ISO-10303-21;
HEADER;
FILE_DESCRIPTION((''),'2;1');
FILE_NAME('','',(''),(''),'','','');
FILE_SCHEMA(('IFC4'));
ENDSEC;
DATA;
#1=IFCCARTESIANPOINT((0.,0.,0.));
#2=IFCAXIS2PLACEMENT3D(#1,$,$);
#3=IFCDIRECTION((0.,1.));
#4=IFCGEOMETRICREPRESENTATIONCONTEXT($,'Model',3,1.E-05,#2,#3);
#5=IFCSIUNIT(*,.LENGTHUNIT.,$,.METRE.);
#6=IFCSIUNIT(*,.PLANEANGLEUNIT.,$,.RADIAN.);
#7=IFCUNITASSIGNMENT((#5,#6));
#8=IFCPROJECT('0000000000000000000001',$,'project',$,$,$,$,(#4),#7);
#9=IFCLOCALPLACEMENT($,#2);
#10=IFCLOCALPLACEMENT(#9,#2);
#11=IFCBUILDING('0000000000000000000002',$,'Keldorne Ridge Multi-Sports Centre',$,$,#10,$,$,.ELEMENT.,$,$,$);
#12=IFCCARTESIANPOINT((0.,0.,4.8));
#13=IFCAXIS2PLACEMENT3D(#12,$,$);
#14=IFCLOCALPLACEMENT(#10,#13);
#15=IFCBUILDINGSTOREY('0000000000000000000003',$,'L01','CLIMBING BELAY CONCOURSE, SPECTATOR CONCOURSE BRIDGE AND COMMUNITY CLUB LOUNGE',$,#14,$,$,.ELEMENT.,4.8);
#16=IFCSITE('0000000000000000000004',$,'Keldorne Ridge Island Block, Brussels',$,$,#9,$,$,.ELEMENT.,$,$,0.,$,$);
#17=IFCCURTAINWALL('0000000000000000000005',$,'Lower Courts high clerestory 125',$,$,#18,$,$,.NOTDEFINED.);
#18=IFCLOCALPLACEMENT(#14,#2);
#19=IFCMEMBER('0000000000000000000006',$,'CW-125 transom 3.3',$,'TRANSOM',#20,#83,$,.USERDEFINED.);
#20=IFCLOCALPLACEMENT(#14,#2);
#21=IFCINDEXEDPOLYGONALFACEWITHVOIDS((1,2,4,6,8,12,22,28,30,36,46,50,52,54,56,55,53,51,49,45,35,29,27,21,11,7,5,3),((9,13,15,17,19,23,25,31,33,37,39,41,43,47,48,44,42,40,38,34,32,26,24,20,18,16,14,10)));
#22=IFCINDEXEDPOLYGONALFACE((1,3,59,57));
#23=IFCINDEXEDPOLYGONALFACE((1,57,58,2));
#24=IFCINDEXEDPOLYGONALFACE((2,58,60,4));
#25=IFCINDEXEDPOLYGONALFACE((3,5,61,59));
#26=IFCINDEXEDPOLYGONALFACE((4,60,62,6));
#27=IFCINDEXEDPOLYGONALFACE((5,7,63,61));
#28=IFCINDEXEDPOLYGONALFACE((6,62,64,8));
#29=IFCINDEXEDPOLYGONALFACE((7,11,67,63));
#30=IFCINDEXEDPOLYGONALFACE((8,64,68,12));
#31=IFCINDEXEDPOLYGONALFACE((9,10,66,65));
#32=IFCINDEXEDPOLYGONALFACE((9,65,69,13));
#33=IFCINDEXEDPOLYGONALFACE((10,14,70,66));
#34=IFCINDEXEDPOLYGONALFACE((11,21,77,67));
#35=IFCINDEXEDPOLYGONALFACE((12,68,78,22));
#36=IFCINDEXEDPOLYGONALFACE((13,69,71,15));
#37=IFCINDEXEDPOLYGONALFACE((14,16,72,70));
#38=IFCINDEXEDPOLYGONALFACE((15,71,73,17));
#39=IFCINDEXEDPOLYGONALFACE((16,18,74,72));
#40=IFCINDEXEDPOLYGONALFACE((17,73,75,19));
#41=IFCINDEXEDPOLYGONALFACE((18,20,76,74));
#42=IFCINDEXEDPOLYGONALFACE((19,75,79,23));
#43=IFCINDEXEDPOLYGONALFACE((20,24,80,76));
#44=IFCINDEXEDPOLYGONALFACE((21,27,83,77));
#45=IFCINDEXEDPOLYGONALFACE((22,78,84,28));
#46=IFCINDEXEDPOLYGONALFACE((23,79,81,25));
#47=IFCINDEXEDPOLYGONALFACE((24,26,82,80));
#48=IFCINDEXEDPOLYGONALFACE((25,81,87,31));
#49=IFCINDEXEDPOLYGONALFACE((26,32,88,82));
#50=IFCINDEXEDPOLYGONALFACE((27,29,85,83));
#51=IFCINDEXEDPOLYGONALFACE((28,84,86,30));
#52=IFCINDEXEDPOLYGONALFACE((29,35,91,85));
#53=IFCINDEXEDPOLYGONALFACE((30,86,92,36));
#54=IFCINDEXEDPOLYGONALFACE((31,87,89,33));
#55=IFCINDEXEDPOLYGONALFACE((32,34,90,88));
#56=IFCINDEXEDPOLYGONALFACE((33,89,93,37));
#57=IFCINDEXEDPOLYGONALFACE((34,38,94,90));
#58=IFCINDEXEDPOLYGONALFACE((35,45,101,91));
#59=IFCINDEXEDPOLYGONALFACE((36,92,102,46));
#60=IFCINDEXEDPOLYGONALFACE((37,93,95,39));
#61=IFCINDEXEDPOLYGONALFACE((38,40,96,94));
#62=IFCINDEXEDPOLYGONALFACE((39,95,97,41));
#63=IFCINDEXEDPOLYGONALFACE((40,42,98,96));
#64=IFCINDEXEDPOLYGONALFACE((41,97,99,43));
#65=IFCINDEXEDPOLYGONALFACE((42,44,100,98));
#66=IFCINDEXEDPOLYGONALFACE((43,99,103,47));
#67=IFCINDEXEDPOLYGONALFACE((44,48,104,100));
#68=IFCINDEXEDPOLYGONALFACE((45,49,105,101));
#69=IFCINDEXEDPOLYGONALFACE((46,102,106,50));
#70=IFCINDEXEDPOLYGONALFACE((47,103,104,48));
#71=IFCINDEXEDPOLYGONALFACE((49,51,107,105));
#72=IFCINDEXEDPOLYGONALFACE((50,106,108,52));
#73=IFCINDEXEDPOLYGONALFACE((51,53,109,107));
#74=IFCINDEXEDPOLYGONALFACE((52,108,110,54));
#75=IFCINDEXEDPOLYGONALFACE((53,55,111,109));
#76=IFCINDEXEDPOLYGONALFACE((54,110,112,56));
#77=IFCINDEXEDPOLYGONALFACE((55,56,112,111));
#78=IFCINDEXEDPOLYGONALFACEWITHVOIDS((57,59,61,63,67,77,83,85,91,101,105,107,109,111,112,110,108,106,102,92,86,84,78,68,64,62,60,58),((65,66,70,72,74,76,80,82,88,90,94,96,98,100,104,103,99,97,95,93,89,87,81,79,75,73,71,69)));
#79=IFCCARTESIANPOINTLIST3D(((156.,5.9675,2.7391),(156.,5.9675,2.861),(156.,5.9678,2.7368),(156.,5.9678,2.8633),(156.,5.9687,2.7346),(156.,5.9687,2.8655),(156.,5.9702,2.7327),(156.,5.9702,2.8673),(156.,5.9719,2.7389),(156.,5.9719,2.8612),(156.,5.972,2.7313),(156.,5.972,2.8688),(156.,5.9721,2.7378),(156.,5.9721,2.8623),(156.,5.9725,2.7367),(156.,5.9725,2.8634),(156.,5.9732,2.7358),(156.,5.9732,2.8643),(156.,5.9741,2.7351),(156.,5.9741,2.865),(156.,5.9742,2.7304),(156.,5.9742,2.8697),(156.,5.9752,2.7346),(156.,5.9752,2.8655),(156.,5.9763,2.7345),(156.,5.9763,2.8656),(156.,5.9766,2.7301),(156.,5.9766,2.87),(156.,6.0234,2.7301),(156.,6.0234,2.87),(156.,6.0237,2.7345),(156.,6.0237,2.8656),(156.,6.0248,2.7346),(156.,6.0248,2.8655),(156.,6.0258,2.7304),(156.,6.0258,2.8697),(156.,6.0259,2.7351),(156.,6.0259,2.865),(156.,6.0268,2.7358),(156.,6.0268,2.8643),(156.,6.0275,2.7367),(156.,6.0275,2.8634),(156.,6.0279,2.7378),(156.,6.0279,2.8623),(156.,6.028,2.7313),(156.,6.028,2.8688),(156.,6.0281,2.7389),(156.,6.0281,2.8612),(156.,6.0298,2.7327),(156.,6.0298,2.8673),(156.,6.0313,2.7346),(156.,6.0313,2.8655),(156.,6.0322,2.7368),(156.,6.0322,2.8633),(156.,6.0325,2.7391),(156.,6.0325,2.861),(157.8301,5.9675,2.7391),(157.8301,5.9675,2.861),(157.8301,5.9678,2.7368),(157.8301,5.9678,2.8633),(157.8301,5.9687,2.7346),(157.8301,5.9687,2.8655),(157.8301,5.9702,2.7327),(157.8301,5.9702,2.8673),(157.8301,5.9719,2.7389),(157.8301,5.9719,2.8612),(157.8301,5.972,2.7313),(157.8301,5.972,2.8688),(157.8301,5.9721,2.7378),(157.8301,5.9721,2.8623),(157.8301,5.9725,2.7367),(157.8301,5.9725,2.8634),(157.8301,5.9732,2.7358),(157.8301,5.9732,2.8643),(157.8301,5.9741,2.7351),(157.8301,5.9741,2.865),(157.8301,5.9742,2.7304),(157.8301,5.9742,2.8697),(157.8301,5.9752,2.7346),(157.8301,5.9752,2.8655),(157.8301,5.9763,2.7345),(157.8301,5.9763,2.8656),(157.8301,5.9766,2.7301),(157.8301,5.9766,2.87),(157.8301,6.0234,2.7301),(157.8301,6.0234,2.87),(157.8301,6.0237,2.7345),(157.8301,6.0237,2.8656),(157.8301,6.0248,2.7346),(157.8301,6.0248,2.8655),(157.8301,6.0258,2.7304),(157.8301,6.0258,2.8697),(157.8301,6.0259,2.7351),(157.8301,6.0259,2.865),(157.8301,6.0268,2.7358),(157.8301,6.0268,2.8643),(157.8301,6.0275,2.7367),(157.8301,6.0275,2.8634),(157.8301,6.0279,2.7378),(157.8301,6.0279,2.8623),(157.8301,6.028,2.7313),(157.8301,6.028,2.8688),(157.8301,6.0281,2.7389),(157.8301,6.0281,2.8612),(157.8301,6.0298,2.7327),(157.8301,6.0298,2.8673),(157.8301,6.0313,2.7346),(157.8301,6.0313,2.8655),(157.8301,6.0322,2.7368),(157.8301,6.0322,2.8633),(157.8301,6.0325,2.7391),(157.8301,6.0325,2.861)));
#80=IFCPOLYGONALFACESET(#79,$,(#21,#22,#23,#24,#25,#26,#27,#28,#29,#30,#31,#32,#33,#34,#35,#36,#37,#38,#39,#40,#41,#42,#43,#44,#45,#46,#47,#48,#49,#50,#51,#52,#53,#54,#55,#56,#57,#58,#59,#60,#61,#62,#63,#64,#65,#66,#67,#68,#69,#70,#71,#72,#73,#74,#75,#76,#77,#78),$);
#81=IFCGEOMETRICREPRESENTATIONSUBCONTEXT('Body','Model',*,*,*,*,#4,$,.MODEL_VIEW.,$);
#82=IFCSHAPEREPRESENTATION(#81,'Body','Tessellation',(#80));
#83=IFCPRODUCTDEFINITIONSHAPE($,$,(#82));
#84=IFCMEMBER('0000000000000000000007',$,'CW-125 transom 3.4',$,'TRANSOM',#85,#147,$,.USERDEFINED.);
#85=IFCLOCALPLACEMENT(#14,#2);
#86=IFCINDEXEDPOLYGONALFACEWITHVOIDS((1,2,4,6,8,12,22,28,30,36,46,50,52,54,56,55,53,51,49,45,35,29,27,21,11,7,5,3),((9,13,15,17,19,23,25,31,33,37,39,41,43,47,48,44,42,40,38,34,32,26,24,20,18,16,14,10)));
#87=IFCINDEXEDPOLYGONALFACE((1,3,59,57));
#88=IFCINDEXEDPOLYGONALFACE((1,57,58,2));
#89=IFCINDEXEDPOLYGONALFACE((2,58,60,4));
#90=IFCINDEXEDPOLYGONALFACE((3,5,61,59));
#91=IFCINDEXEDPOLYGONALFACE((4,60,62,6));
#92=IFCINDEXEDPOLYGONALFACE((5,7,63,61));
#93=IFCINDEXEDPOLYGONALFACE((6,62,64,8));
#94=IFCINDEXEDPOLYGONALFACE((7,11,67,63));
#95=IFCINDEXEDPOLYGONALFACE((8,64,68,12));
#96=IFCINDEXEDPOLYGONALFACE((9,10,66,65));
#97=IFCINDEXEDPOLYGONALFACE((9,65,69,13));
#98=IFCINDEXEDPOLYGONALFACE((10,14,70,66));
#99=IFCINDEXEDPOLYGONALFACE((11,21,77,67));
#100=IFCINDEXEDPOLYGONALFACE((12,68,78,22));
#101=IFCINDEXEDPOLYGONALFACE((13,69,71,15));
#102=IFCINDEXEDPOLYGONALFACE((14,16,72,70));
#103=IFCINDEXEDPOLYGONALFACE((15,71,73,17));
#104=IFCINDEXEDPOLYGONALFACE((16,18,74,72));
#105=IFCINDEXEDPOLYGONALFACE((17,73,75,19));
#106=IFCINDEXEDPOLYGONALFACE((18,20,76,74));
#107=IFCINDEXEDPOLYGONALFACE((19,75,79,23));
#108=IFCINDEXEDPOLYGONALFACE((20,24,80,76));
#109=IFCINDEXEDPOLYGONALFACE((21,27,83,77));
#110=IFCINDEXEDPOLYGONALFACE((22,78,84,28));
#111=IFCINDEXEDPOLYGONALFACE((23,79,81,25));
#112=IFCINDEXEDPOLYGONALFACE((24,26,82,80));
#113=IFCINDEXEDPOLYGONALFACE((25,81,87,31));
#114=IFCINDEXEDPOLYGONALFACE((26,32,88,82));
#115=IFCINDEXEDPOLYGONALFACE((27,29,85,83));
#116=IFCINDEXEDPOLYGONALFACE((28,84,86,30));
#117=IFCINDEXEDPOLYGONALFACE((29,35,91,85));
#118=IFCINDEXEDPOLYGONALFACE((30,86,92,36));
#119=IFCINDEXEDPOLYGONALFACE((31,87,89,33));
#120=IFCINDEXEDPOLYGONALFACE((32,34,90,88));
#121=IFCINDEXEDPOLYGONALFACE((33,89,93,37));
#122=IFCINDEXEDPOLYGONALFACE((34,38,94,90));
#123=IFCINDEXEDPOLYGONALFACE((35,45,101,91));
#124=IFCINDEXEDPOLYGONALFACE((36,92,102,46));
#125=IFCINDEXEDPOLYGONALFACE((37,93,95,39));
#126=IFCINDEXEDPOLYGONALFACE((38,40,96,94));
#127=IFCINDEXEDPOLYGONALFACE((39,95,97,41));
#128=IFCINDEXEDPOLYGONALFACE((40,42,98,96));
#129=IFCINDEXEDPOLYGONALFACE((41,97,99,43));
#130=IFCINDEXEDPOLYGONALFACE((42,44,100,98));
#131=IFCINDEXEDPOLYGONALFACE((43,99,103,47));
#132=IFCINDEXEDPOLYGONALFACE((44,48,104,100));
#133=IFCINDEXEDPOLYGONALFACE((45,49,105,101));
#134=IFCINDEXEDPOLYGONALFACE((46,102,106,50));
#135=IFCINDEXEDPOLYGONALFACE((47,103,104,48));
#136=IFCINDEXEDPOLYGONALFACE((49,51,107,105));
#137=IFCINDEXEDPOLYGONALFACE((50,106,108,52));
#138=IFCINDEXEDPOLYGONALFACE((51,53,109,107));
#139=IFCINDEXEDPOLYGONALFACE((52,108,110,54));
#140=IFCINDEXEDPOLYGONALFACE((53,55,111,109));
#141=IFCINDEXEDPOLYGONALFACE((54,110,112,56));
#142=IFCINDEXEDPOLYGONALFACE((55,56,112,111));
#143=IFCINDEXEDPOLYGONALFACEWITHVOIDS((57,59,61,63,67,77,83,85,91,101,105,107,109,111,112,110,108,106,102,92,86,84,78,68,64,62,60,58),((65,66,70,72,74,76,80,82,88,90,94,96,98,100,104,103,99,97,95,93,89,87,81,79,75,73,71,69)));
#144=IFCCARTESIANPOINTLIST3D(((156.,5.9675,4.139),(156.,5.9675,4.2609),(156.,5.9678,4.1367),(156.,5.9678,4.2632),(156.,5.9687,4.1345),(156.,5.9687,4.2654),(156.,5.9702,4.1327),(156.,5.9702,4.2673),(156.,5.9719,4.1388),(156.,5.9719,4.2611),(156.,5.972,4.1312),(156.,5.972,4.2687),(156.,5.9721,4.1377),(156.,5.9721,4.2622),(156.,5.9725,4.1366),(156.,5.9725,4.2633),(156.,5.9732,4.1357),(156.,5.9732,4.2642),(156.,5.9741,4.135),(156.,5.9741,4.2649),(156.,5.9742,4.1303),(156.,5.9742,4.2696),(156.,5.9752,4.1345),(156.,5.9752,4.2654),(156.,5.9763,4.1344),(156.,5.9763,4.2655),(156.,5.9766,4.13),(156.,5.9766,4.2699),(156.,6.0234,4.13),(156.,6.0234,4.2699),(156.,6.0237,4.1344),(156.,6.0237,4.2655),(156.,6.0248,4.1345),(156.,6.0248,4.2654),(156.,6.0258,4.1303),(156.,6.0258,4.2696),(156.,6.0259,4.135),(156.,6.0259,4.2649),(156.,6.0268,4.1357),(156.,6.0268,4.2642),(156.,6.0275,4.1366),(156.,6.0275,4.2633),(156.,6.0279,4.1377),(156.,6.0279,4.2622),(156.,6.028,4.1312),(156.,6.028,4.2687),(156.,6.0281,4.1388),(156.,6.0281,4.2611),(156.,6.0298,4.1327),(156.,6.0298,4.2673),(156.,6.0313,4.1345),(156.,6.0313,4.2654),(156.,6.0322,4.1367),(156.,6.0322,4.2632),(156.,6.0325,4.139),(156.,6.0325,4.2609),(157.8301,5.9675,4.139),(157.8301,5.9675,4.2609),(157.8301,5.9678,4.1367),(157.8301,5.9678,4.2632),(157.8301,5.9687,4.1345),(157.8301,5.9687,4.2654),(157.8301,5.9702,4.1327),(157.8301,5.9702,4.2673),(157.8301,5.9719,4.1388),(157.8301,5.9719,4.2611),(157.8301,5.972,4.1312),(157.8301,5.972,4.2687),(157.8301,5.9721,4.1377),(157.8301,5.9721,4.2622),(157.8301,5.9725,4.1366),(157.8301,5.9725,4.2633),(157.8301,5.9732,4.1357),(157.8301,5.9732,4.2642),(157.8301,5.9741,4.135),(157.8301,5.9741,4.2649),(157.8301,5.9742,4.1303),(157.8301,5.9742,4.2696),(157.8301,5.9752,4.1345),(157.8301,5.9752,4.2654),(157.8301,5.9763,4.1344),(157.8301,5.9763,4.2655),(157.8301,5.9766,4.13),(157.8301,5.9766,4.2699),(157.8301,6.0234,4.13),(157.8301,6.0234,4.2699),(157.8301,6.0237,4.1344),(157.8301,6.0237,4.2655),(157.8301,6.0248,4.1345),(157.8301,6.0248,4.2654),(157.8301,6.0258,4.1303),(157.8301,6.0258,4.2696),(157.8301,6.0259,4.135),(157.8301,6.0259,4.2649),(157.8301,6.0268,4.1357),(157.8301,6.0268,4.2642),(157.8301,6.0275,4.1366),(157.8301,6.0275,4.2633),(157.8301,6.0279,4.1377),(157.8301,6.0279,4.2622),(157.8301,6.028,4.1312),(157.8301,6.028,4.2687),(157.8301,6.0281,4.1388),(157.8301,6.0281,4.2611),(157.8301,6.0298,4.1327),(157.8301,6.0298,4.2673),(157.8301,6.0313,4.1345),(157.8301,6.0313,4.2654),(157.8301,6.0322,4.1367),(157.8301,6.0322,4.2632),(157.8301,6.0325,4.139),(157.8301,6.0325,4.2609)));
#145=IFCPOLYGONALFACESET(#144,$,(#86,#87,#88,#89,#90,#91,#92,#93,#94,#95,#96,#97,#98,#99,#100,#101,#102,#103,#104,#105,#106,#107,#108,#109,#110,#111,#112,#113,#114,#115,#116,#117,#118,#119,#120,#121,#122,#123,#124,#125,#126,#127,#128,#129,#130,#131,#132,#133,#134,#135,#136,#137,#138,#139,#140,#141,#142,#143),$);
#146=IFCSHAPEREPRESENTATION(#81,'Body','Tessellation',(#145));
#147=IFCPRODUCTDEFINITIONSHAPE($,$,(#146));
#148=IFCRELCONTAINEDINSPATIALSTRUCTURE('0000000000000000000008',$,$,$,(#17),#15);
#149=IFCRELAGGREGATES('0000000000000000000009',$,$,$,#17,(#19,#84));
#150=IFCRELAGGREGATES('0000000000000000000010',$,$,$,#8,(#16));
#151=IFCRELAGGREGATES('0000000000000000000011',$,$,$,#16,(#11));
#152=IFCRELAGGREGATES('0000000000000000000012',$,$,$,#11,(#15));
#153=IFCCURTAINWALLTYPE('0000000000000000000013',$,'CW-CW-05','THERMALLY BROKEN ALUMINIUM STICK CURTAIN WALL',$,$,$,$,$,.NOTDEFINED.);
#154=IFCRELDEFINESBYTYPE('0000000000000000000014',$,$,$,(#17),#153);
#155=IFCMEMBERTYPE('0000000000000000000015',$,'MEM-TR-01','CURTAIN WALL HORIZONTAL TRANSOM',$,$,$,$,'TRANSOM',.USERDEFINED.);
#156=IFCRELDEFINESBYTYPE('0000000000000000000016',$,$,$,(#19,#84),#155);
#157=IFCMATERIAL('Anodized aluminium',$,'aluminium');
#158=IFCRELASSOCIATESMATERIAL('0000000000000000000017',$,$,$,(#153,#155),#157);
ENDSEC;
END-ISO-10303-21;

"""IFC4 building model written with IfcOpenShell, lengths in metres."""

from ifc_helpers import new_model, si_unit, direction, frame, origin, origin_2d, place, context, subcontext, project, spatial, hollow_rectangle, extrude, material, material_profile, profile_set, type_object, element, aggregate, save


model = new_model("IFC4")

# Units and contexts
model_context = context("Model", 3, precision=1e-05, world=origin(), true_north=direction((0.0, 1.0)))
body_context = subcontext(model_context, "Body", "Model", "MODEL_VIEW")
ifc_project = project(units=[si_unit("LENGTHUNIT", "METRE"), si_unit("PLANEANGLEUNIT", "RADIAN")], contexts=[model_context])

# Site, building, storey
site_placement = place(None, origin())
site = spatial("IfcSite", under=ifc_project, at=site_placement, Name="Keldorne Ridge Island Block, Brussels", CompositionType="ELEMENT", RefElevation=0.0)
building_placement = place(site_placement, origin())
building = spatial("IfcBuilding", under=site, at=building_placement, Name="Keldorne Ridge Multi-Sports Centre", CompositionType="ELEMENT")
storey_placement = place(building_placement, frame((0.0, 0.0, 4.8)))
storey = spatial("IfcBuildingStorey", under=building, at=storey_placement, Name="L01", Description="CLIMBING BELAY CONCOURSE, SPECTATOR CONCOURSE BRIDGE AND COMMUNITY CLUB LOUNGE", CompositionType="ELEMENT", Elevation=4.8)

# Curtain wall, members
ifc_material_1 = material(Name="Anodized aluminium", Category="aluminium")
curtain_wall_type = type_object("IfcCurtainWallType", Name="CW-CW-05", Description="THERMALLY BROKEN ALUMINIUM STICK CURTAIN WALL", PredefinedType="NOTDEFINED", material=ifc_material_1)
curtain_wall_placement = place(storey_placement, origin())
curtain_wall = element("IfcCurtainWall", 1, at=curtain_wall_placement, inside=storey, type_object=curtain_wall_type, Name="Lower Courts high clerestory 125", PredefinedType="NOTDEFINED")
ifc_material_profile_1 = material_profile(ifc_material_1, hollow_rectangle(XDim=0.0649, YDim=0.1399, WallThickness=0.0044, InnerFilletRadius=0.0044, OuterFilletRadius=0.009, at=origin_2d()), Name="ALU TRANSOM 140x65x4.5")
ifc_profile_set_1 = profile_set([ifc_material_profile_1], Name="Anodized aluminium")
member_type_1 = type_object("IfcMemberType", Name="MEM-TR-01", Description="CURTAIN WALL HORIZONTAL TRANSOM", ElementType="TRANSOM", PredefinedType="USERDEFINED", material=ifc_profile_set_1)
member_1_placement = place(storey_placement, frame((156.0, 6.0, 2.8), z_axis=(1.0, 0.0, 0.0), x_axis=(0.0, 1.0, 0.0)))
member_1 = element("IfcMember", 2, at=member_1_placement, type_object=member_type_1, Name="CW-125 transom 3.3", ObjectType="TRANSOM", PredefinedType="USERDEFINED", context=body_context, shape_type="SweptSolid", body=[
    extrude(hollow_rectangle(XDim=0.0649, YDim=0.1399, WallThickness=0.0044, InnerFilletRadius=0.0044, OuterFilletRadius=0.009, at=origin_2d()), origin(), (0.0, 0.0, 1.0), 1.8301),
])
member_2_placement = place(storey_placement, frame((156.0, 6.0, 4.2), z_axis=(1.0, 0.0, 0.0), x_axis=(0.0, 1.0, 0.0)))
member_2 = element("IfcMember", 3, at=member_2_placement, type_object=member_type_1, Name="CW-125 transom 3.4", ObjectType="TRANSOM", PredefinedType="USERDEFINED", context=body_context, shape_type="SweptSolid", body=[
    extrude(hollow_rectangle(XDim=0.0649, YDim=0.1399, WallThickness=0.0044, InnerFilletRadius=0.0044, OuterFilletRadius=0.009, at=origin_2d()), origin(), (0.0, 0.0, 1.0), 1.8301),
])
aggregate(curtain_wall, [member_1, member_2])

save(model, "model.ifc")
